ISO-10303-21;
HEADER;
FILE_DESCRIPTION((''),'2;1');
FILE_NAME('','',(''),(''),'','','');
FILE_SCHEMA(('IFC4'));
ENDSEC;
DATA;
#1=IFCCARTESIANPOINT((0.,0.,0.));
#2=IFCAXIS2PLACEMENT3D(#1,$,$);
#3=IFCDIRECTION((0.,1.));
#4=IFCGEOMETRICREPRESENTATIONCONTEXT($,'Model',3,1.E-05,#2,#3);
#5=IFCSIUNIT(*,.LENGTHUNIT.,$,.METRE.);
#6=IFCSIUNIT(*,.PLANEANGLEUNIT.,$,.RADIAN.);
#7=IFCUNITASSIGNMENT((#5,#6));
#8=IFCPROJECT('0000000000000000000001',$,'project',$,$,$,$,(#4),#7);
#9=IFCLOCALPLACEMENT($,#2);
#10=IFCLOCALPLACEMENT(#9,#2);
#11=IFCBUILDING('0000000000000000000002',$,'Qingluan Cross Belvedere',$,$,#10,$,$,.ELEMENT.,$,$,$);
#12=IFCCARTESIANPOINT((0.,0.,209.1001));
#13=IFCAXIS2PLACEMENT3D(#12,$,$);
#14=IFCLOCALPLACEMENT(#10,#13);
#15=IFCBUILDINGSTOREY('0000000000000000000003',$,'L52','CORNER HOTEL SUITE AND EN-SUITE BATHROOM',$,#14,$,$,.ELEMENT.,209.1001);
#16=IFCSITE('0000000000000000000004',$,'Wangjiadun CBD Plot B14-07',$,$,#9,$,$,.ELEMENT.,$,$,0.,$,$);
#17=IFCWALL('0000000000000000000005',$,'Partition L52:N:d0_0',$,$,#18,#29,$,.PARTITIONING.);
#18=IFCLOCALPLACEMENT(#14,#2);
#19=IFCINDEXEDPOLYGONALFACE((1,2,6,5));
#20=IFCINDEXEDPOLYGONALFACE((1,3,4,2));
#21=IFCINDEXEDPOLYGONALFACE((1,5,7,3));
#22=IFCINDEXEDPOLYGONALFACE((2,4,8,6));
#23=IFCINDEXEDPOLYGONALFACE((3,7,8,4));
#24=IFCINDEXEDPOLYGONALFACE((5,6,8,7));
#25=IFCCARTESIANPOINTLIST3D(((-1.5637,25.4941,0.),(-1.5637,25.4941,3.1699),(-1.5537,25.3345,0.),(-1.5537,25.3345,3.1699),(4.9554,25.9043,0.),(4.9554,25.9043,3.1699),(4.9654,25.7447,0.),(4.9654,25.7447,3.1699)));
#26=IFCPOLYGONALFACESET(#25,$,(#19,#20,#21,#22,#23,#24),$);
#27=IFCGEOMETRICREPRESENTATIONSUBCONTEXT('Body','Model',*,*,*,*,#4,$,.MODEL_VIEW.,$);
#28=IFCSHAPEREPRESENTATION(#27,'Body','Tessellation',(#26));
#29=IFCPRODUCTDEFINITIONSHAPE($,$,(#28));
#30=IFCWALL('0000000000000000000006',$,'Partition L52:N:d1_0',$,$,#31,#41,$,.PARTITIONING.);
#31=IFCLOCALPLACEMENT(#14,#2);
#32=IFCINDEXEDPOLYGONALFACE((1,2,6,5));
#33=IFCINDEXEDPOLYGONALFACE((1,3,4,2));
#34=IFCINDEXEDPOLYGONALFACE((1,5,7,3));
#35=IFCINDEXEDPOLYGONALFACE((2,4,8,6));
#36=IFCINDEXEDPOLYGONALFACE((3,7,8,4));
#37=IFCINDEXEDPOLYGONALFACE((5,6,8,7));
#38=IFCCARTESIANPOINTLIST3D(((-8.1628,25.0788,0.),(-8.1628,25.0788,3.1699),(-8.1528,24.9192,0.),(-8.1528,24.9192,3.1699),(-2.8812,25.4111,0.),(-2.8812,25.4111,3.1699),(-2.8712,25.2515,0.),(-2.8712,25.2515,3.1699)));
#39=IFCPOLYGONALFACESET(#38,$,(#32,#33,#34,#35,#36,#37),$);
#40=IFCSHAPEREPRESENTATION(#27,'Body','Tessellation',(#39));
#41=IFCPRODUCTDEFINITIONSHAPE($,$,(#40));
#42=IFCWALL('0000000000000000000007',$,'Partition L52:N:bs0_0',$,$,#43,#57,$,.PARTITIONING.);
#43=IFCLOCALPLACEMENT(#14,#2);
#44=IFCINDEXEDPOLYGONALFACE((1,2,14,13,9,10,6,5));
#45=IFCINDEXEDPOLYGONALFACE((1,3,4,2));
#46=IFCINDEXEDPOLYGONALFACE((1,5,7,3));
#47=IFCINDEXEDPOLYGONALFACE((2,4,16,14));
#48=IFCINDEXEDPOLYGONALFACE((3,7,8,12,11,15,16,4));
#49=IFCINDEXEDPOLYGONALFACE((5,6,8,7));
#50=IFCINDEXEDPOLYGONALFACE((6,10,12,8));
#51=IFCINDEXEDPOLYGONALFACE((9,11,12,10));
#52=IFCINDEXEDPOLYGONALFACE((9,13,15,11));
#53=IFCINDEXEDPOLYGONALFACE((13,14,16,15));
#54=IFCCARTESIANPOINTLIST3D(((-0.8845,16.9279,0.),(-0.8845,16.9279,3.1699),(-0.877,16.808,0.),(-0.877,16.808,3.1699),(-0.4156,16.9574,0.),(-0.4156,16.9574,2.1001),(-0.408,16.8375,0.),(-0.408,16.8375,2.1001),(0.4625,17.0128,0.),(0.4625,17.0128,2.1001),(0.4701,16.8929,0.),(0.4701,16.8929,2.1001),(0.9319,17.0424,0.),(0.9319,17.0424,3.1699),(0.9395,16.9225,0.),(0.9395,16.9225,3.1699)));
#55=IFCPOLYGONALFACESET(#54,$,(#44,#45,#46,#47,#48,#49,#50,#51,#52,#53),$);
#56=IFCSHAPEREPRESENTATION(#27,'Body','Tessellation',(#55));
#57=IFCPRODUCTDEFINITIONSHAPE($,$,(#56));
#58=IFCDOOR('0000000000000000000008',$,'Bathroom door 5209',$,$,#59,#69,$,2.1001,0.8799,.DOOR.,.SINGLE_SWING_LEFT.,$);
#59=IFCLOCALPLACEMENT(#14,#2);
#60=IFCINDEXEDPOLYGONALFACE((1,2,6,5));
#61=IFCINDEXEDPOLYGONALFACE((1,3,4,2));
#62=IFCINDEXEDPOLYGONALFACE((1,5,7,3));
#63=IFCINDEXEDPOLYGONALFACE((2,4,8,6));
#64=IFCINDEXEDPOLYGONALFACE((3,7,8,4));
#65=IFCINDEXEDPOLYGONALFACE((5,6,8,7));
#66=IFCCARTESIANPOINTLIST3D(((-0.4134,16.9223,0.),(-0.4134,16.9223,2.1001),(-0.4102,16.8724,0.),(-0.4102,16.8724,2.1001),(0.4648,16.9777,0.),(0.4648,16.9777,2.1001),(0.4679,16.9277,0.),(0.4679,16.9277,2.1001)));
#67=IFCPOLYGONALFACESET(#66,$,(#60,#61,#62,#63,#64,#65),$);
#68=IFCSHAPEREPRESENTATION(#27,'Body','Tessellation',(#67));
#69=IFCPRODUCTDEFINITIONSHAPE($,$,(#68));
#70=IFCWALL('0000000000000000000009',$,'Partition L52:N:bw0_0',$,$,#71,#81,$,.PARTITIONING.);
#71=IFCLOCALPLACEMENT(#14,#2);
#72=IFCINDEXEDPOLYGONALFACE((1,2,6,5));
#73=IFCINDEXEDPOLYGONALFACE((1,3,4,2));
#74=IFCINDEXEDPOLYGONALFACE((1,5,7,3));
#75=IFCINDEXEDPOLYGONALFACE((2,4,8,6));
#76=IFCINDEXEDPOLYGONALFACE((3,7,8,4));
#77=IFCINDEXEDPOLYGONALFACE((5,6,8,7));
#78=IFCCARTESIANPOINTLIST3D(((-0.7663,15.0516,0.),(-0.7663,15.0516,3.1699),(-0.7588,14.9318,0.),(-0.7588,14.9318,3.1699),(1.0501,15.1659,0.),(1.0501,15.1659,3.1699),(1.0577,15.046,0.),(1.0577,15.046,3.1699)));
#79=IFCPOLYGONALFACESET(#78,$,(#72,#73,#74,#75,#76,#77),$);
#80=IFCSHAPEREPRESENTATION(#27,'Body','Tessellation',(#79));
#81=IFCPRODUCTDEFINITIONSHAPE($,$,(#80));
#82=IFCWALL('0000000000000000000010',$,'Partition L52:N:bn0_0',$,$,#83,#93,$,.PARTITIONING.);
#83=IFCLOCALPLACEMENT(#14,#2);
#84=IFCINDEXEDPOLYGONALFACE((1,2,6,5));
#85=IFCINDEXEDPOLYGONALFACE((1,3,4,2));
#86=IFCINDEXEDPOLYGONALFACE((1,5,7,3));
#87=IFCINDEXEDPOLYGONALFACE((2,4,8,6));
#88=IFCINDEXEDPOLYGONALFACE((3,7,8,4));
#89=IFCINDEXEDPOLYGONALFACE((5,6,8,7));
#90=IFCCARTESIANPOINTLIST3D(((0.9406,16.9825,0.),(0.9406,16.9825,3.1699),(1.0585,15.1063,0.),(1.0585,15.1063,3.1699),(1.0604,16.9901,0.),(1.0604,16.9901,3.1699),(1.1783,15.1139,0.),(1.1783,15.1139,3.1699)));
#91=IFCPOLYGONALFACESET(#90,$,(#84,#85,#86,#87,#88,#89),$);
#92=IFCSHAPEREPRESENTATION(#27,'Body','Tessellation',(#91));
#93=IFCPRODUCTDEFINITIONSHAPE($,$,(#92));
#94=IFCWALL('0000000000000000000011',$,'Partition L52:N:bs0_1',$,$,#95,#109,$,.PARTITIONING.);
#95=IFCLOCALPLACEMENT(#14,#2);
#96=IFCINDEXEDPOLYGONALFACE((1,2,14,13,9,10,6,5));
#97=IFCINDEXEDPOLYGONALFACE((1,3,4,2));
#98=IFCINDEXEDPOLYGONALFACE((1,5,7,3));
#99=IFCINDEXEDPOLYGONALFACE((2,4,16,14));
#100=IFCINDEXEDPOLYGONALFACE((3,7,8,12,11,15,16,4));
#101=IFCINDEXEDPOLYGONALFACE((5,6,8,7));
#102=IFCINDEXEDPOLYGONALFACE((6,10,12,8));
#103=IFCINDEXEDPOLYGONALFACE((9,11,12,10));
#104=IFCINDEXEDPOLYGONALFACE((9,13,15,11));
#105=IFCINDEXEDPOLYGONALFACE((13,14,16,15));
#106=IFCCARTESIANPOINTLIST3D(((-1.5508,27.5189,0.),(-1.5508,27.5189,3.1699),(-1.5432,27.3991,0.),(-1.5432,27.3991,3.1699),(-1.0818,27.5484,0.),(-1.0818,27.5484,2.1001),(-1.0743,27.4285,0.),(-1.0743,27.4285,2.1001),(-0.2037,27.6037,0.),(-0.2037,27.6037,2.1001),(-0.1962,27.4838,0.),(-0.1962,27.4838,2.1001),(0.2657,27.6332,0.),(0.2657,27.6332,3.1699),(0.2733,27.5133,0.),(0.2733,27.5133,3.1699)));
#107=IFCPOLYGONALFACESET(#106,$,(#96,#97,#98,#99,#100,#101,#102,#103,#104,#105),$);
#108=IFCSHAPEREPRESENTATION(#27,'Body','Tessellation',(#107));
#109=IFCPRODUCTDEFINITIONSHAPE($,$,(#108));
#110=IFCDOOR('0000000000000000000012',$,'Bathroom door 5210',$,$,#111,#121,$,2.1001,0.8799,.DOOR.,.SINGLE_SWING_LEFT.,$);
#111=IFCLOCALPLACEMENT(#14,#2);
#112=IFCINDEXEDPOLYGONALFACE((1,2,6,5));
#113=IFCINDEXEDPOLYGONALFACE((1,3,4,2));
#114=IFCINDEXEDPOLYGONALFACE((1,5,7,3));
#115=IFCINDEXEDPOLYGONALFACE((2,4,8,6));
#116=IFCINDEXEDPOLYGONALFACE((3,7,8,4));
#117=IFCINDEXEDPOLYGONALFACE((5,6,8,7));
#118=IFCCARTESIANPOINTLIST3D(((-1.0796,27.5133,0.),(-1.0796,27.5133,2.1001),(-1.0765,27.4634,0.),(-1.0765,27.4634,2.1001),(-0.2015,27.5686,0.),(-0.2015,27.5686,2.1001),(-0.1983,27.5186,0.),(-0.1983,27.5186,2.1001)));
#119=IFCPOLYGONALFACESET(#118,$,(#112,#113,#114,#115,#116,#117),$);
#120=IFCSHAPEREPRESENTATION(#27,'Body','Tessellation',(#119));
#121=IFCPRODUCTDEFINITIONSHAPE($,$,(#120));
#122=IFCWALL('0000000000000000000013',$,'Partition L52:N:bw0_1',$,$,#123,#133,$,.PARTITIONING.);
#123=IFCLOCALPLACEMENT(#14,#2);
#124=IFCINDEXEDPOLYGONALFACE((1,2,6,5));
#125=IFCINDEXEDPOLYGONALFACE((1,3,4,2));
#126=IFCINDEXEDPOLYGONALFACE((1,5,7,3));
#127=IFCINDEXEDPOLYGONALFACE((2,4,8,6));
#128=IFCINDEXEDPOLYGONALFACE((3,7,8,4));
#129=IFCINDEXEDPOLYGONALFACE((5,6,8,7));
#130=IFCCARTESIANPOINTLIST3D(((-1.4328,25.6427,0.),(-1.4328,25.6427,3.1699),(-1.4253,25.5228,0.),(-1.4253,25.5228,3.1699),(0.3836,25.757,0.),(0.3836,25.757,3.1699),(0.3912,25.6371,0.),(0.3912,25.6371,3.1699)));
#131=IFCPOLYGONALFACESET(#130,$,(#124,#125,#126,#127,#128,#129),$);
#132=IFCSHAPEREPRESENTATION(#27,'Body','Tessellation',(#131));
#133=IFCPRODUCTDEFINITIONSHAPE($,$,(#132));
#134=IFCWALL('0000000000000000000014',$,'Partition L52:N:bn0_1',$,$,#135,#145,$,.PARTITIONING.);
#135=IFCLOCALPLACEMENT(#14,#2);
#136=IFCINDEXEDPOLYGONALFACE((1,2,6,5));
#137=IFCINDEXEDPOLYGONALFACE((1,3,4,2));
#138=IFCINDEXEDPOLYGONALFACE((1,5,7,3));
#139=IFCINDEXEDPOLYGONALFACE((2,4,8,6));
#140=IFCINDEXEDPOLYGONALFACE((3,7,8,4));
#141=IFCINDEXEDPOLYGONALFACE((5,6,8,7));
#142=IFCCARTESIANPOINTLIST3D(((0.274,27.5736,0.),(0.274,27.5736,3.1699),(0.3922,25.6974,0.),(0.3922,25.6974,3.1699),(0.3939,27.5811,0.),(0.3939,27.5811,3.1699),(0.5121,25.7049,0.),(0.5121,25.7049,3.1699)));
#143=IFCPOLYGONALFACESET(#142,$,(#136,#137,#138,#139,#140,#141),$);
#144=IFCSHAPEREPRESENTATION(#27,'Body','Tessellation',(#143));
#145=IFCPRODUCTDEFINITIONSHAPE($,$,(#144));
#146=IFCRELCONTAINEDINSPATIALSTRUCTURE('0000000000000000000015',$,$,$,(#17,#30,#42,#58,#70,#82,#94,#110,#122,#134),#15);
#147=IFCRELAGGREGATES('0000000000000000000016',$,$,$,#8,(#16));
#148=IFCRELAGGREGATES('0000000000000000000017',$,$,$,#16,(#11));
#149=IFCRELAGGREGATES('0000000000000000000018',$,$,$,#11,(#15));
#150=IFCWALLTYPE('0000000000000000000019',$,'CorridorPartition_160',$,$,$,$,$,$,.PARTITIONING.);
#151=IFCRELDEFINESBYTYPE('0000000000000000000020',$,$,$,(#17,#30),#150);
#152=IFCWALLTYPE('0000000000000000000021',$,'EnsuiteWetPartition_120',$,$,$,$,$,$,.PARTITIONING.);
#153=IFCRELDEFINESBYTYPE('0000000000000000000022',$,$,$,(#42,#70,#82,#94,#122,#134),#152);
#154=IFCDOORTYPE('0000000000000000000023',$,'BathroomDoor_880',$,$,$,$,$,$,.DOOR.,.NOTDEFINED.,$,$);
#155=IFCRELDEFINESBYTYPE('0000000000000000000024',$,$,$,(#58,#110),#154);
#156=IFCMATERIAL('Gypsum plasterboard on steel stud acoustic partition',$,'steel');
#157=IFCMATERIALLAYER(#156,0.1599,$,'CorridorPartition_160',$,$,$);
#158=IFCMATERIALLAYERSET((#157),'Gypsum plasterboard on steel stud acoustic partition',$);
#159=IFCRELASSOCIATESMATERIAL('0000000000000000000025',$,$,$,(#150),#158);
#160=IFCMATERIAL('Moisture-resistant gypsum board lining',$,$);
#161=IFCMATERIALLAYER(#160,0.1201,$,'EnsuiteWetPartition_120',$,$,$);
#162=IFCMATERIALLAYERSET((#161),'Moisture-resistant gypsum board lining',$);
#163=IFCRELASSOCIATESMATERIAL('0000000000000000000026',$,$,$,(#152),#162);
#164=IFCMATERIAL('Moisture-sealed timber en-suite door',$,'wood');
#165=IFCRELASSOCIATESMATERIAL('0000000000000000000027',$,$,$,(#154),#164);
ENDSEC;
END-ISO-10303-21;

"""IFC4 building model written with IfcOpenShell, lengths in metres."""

from ifc_helpers import new_model, si_unit, direction, frame, frame_2d, origin, place, context, subcontext, project, spatial, rectangle, extrude, material, layer, layer_set, type_object, element, fill, save


model = new_model("IFC4")

# Units and contexts
model_context = context("Model", 3, precision=1e-05, world=origin(), true_north=direction((0.0, 1.0)))
body_context = subcontext(model_context, "Body", "Model", "MODEL_VIEW")
ifc_project = project(units=[si_unit("LENGTHUNIT", "METRE"), si_unit("PLANEANGLEUNIT", "RADIAN")], contexts=[model_context])

# Site, building, storey
site_placement = place(None, origin())
site = spatial("IfcSite", under=ifc_project, at=site_placement, Name="Wangjiadun CBD Plot B14-07", CompositionType="ELEMENT", RefElevation=0.0)
building_placement = place(site_placement, origin())
building = spatial("IfcBuilding", under=site, at=building_placement, Name="Qingluan Cross Belvedere", CompositionType="ELEMENT")
storey_placement = place(building_placement, frame((0.0, 0.0, 209.1001)))
storey = spatial("IfcBuildingStorey", under=building, at=storey_placement, Name="L52", Description="CORNER HOTEL SUITE AND EN-SUITE BATHROOM", CompositionType="ELEMENT", Elevation=209.1001)

# Walls
ifc_material_1 = material(Name="Gypsum plasterboard on steel stud acoustic partition", Category="steel")
ifc_layer_1 = layer(ifc_material_1, 0.1599, Name="CorridorPartition_160")
ifc_layer_set_1 = layer_set([ifc_layer_1], Name="Gypsum plasterboard on steel stud acoustic partition")
wall_type_1 = type_object("IfcWallType", Name="CorridorPartition_160", PredefinedType="PARTITIONING", material=ifc_layer_set_1)
wall_1_placement = place(storey_placement, frame((-1.5588, 25.4143, 0.0), z_axis=(0.0, 0.0, 1.0), x_axis=(0.998027, 0.062792, 0.0)))
element("IfcWall", 1, at=wall_1_placement, inside=storey, type_object=wall_type_1, Name="Partition L52:N:d0_0", PredefinedType="PARTITIONING", context=body_context, shape_type="SweptSolid", body=[
    extrude(rectangle(XDim=6.532, YDim=0.1599, at=frame_2d((3.2661, 0.0))), origin(), (0.0, 0.0, 1.0), 3.1699),
])
wall_2_placement = place(storey_placement, frame((-2.8762, 25.3313, 0.0), z_axis=(0.0, 0.0, 1.0), x_axis=(-0.998027, -0.062789, 0.0)))
element("IfcWall", 2, at=wall_2_placement, inside=storey, type_object=wall_type_1, Name="Partition L52:N:d1_0", PredefinedType="PARTITIONING", context=body_context, shape_type="SweptSolid", body=[
    extrude(rectangle(XDim=5.292, YDim=0.1599, at=frame_2d((2.646, 0.0))), origin(), (0.0, 0.0, 1.0), 3.1699),
])

# Wall, opening, door
ifc_material_2 = material(Name="Moisture-resistant gypsum board lining")
ifc_layer_2 = layer(ifc_material_2, 0.1201, Name="EnsuiteWetPartition_120")
ifc_layer_set_2 = layer_set([ifc_layer_2], Name="Moisture-resistant gypsum board lining")
wall_type_2 = type_object("IfcWallType", Name="EnsuiteWetPartition_120", PredefinedType="PARTITIONING", material=ifc_layer_set_2)
wall_3_placement = place(storey_placement, frame((-0.8809, 16.8679, 0.0), z_axis=(0.0, 0.0, 1.0), x_axis=(0.998019, 0.062913, 0.0)))
wall_3 = element("IfcWall", 3, at=wall_3_placement, inside=storey, type_object=wall_type_2, Name="Partition L52:N:bs0_0", PredefinedType="PARTITIONING", context=body_context, shape_type="SweptSolid", body=[
    extrude(rectangle(XDim=1.8201, YDim=0.1201, at=frame_2d((0.9102, 0.0))), origin(), (0.0, 0.0, 1.0), 3.1699),
])
opening_1_placement = place(wall_3_placement, frame((0.47, 0.0, 0.0)))
opening_1 = element("IfcOpeningElement", 4, at=opening_1_placement, cuts=wall_3, PredefinedType="OPENING", context=body_context, shape_type="SweptSolid", body=[
    extrude(rectangle(XDim=0.8799, YDim=2.1001, at=frame_2d((0.4399, 1.05))), frame((0.0, 0.0701, 0.0), z_axis=(0.0, -1.0, 0.0), x_axis=(1.0, 0.0, 0.0)), (0.0, 0.0, 1.0), 0.1401),
])
ifc_material_3 = material(Name="Moisture-sealed timber en-suite door", Category="wood")
door_type = type_object("IfcDoorType", Name="BathroomDoor_880", OperationType="NOTDEFINED", PredefinedType="DOOR", material=ifc_material_3)
door_1_placement = place(opening_1_placement, origin())
door_1 = element("IfcDoor", 5, at=door_1_placement, inside=storey, type_object=door_type, Name="Bathroom door 5209", OperationType="SINGLE_SWING_LEFT", OverallHeight=2.1001, OverallWidth=0.8799, PredefinedType="DOOR", context=body_context, shape_type="SweptSolid", body=[
    extrude(rectangle(XDim=0.8799, YDim=2.1001, at=frame_2d((0.4399, 1.05))), frame((0.0, 0.0249, 0.0), z_axis=(0.0, -1.0, 0.0), x_axis=(1.0, 0.0, 0.0)), (0.0, 0.0, 1.0), 0.05),
])
fill(opening_1, door_1)

# Walls
wall_4_placement = place(storey_placement, frame((-0.7627, 14.9917, 0.0), z_axis=(0.0, 0.0, 1.0), x_axis=(0.998027, 0.062779, 0.0)))
element("IfcWall", 6, at=wall_4_placement, inside=storey, type_object=wall_type_2, Name="Partition L52:N:bw0_0", PredefinedType="PARTITIONING", context=body_context, shape_type="SweptSolid", body=[
    extrude(rectangle(XDim=1.8201, YDim=0.1201, at=frame_2d((0.9102, 0.0))), origin(), (0.0, 0.0, 1.0), 3.1699),
])
wall_5_placement = place(storey_placement, frame((1.1184, 15.1101, 0.0), z_axis=(0.0, 0.0, 1.0), x_axis=(-0.062726, 0.998031, 0.0)))
element("IfcWall", 7, at=wall_5_placement, inside=storey, type_object=wall_type_2, Name="Partition L52:N:bn0_0", PredefinedType="PARTITIONING", context=body_context, shape_type="SweptSolid", body=[
    extrude(rectangle(XDim=1.8799, YDim=0.1201, at=frame_2d((0.9399, 0.0))), origin(), (0.0, 0.0, 1.0), 3.1699),
])

# Wall, opening, door
wall_6_placement = place(storey_placement, frame((-1.5471, 27.459, 0.0), z_axis=(0.0, 0.0, 1.0), x_axis=(0.998027, 0.062779, 0.0)))
wall_6 = element("IfcWall", 8, at=wall_6_placement, inside=storey, type_object=wall_type_2, Name="Partition L52:N:bs0_1", PredefinedType="PARTITIONING", context=body_context, shape_type="SweptSolid", body=[
    extrude(rectangle(XDim=1.8201, YDim=0.1201, at=frame_2d((0.9102, 0.0))), origin(), (0.0, 0.0, 1.0), 3.1699),
])
opening_2_placement = place(wall_6_placement, frame((0.47, 0.0, 0.0)))
opening_2 = element("IfcOpeningElement", 9, at=opening_2_placement, cuts=wall_6, PredefinedType="OPENING", context=body_context, shape_type="SweptSolid", body=[
    extrude(rectangle(XDim=0.8799, YDim=2.1001, at=frame_2d((0.4399, 1.05))), frame((0.0, 0.0701, 0.0), z_axis=(0.0, -1.0, 0.0), x_axis=(1.0, 0.0, 0.0)), (0.0, 0.0, 1.0), 0.1401),
])
door_2_placement = place(opening_2_placement, origin())
door_2 = element("IfcDoor", 10, at=door_2_placement, inside=storey, type_object=door_type, Name="Bathroom door 5210", OperationType="SINGLE_SWING_LEFT", OverallHeight=2.1001, OverallWidth=0.8799, PredefinedType="DOOR", context=body_context, shape_type="SweptSolid", body=[
    extrude(rectangle(XDim=0.8799, YDim=2.1001, at=frame_2d((0.4399, 1.05))), frame((0.0, 0.0249, 0.0), z_axis=(0.0, -1.0, 0.0), x_axis=(1.0, 0.0, 0.0)), (0.0, 0.0, 1.0), 0.05),
])
fill(opening_2, door_2)

# Walls
wall_7_placement = place(storey_placement, frame((-1.4292, 25.5828, 0.0), z_axis=(0.0, 0.0, 1.0), x_axis=(0.998027, 0.062779, 0.0)))
element("IfcWall", 11, at=wall_7_placement, inside=storey, type_object=wall_type_2, Name="Partition L52:N:bw0_1", PredefinedType="PARTITIONING", context=body_context, shape_type="SweptSolid", body=[
    extrude(rectangle(XDim=1.8201, YDim=0.1201, at=frame_2d((0.9102, 0.0))), origin(), (0.0, 0.0, 1.0), 3.1699),
])
wall_8_placement = place(storey_placement, frame((0.4521, 25.7012, 0.0), z_axis=(0.0, 0.0, 1.0), x_axis=(-0.062855, 0.998023, 0.0)))
element("IfcWall", 12, at=wall_8_placement, inside=storey, type_object=wall_type_2, Name="Partition L52:N:bn0_1", PredefinedType="PARTITIONING", context=body_context, shape_type="SweptSolid", body=[
    extrude(rectangle(XDim=1.8799, YDim=0.1201, at=frame_2d((0.9399, 0.0))), origin(), (0.0, 0.0, 1.0), 3.1699),
])

save(model, "model.ifc")
